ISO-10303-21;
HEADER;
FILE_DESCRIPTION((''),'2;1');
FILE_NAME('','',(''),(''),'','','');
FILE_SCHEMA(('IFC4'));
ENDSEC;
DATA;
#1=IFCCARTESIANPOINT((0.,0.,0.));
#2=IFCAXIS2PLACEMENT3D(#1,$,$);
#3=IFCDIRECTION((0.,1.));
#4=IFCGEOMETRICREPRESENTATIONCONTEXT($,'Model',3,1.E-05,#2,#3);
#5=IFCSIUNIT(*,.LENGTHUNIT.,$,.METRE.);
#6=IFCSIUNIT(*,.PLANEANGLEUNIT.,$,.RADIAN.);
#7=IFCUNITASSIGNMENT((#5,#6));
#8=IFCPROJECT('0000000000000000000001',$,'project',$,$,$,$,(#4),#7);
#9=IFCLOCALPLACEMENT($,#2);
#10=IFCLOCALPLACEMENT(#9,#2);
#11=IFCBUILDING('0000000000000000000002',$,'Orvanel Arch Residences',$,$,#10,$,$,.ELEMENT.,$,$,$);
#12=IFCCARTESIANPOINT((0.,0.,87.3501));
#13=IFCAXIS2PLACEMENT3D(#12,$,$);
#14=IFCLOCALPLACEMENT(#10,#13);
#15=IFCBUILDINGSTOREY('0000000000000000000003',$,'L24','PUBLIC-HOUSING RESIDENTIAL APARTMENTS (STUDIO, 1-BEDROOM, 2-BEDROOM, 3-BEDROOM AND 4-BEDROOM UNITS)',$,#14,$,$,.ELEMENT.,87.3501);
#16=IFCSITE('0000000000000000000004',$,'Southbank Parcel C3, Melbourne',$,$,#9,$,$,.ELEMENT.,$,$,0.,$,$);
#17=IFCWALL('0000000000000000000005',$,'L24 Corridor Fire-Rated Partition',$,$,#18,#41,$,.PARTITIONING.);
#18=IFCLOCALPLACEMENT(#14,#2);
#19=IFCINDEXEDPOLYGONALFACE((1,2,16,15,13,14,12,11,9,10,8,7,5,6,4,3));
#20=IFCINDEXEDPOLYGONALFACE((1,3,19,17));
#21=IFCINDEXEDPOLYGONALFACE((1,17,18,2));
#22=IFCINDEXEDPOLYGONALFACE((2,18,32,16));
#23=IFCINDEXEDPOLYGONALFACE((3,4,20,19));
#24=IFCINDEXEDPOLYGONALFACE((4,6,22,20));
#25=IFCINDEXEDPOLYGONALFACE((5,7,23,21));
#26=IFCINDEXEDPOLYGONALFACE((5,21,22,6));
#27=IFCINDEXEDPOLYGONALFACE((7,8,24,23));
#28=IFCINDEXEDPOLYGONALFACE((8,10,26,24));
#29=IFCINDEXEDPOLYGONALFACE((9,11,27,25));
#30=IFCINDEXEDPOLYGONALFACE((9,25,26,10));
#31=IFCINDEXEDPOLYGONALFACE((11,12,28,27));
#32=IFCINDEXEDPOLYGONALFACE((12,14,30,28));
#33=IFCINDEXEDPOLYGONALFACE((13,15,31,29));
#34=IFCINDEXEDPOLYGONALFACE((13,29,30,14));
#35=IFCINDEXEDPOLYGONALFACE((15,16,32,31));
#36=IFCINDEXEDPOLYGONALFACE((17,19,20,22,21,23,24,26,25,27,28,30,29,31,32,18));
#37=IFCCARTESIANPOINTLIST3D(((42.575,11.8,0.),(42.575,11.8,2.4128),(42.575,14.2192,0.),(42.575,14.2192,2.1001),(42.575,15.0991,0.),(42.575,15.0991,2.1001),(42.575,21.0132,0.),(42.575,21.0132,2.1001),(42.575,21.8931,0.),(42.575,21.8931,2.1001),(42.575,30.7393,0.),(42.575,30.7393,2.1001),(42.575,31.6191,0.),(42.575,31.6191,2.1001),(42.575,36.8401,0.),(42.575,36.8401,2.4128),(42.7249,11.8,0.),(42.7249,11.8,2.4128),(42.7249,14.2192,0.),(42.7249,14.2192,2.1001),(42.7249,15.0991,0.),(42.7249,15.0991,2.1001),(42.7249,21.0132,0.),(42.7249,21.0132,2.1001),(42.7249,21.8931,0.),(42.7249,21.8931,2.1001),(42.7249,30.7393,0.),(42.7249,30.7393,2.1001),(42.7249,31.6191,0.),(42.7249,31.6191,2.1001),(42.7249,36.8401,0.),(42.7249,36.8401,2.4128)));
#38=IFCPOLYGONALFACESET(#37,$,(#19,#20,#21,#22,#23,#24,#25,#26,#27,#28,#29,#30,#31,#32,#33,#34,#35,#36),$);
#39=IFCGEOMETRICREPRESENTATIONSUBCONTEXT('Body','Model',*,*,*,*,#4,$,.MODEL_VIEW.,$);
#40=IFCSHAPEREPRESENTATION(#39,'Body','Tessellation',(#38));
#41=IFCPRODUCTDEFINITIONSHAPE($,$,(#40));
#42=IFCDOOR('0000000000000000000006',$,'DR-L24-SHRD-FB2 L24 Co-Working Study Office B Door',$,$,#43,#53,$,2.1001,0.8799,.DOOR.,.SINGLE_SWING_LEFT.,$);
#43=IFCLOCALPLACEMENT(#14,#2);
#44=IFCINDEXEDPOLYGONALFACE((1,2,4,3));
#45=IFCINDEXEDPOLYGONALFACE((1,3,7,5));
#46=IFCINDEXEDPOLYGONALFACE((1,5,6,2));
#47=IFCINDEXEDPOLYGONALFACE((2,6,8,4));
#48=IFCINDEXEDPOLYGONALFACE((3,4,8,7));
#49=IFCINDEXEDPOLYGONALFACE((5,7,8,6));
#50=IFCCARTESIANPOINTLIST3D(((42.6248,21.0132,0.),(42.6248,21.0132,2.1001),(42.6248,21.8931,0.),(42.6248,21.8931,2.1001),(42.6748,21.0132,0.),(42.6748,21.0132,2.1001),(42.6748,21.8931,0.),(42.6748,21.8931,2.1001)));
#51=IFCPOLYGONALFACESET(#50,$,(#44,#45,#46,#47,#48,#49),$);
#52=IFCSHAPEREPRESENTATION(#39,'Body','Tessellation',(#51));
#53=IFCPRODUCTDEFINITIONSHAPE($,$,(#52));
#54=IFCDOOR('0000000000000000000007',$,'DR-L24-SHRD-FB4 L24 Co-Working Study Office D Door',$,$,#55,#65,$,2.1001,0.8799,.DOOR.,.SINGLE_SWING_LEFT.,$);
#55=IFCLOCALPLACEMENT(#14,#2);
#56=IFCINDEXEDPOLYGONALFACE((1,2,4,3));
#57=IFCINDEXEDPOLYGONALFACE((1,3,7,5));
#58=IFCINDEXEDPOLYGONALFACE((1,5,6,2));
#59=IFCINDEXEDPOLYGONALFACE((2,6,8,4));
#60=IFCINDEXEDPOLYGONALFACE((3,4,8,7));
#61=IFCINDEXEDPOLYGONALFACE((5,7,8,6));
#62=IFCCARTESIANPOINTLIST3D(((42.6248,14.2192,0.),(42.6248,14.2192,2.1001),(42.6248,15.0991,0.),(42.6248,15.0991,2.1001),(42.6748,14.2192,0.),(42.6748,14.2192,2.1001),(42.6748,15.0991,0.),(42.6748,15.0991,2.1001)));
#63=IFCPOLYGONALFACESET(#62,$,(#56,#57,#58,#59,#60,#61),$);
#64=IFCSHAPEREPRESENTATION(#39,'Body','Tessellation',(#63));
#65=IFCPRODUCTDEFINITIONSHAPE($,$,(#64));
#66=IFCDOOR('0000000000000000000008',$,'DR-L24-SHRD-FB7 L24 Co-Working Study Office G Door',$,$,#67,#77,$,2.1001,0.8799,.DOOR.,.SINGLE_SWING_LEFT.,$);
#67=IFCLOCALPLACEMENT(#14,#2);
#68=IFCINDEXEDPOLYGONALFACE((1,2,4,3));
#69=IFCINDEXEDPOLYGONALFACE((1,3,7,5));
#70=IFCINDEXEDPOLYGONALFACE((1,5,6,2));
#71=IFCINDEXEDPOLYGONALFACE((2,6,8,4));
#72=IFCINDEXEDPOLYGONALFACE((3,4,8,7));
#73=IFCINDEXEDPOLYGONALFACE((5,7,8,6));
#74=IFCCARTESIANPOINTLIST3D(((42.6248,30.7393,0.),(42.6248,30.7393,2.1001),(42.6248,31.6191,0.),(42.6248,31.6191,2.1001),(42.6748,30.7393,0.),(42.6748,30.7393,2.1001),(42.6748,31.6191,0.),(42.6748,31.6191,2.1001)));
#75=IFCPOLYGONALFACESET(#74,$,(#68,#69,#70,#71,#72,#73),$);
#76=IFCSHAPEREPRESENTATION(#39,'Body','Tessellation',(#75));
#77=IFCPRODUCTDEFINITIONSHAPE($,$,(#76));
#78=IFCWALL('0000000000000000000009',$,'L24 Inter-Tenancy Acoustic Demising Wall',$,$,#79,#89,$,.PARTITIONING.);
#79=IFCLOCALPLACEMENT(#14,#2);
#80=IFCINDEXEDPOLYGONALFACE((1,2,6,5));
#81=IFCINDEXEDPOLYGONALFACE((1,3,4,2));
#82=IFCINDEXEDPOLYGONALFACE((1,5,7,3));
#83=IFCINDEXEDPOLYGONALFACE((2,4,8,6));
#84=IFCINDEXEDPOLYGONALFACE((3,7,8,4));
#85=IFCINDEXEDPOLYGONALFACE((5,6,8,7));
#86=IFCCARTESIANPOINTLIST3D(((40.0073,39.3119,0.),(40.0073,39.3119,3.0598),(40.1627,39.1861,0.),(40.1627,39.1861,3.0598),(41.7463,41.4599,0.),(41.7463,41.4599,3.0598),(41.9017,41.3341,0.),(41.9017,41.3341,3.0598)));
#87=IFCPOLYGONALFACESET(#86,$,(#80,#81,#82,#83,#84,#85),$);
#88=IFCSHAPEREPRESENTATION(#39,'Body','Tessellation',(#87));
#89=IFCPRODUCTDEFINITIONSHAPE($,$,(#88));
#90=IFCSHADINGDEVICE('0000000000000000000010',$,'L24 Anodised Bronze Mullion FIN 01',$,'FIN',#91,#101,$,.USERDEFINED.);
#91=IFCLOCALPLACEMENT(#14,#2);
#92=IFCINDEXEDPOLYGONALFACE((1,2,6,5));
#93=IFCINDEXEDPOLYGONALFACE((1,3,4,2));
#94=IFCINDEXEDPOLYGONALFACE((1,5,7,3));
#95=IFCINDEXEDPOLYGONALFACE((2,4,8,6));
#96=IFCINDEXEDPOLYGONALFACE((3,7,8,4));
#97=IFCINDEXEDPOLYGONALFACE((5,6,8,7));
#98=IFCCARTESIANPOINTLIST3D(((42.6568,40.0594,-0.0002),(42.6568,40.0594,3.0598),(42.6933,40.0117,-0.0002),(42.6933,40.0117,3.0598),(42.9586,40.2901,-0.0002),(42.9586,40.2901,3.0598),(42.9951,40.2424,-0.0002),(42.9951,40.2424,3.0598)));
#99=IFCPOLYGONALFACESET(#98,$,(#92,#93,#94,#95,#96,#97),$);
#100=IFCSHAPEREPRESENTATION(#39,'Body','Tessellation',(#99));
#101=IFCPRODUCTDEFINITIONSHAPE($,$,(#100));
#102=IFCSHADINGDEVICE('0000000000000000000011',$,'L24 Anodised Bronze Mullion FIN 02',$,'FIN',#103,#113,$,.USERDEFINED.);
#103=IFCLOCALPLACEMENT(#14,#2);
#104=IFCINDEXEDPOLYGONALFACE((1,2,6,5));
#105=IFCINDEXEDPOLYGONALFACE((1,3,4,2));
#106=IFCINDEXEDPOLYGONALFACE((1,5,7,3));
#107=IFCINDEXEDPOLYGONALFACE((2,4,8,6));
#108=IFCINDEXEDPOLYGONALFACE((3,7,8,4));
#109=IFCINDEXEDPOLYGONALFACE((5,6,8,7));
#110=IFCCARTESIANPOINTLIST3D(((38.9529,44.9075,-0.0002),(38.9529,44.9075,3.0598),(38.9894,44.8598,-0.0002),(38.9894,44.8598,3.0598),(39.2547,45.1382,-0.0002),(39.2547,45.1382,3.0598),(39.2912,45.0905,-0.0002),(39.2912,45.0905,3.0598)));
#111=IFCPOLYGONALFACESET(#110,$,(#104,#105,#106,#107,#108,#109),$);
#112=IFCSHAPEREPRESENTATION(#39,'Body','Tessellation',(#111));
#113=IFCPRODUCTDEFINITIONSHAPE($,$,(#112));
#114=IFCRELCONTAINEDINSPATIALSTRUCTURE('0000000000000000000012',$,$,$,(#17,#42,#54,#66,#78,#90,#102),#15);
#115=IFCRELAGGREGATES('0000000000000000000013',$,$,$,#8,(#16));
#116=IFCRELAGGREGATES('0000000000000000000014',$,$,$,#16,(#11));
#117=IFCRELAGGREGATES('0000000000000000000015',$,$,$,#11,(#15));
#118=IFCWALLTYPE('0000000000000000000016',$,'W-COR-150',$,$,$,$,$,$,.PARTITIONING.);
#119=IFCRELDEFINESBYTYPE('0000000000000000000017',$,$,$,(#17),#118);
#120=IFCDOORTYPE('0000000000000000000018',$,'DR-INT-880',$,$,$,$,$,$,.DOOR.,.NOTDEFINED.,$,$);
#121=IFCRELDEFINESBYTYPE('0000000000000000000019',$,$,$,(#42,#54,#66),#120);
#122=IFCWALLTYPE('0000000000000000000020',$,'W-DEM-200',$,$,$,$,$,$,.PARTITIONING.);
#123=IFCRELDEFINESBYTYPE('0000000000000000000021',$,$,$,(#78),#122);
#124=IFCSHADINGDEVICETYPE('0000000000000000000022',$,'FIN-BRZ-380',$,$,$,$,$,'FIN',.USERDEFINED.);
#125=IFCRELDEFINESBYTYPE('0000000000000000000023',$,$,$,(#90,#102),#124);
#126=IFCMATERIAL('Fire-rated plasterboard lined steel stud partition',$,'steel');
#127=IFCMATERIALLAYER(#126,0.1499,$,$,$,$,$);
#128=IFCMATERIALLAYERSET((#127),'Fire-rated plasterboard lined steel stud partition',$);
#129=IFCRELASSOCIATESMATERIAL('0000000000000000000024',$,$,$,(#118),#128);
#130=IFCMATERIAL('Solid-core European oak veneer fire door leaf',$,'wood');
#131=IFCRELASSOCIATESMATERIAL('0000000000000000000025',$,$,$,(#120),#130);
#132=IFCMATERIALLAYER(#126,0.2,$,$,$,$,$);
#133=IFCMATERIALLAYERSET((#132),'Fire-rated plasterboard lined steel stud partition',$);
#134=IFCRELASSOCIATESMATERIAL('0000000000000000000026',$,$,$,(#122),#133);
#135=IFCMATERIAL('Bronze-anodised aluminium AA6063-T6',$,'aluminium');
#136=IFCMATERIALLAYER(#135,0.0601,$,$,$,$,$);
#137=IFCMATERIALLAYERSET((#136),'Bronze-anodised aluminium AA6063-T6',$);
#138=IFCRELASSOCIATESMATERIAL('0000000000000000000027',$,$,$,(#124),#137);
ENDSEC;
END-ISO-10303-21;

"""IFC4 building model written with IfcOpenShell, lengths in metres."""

from ifc_helpers import new_model, si_unit, direction, frame, frame_2d, origin, origin_2d, place, context, subcontext, project, spatial, rectangle, extrude, material, layer, layer_set, type_object, element, fill, save


model = new_model("IFC4")

# Units and contexts
model_context = context("Model", 3, precision=1e-05, world=origin(), true_north=direction((0.0, 1.0)))
body_context = subcontext(model_context, "Body", "Model", "MODEL_VIEW")
ifc_project = project(units=[si_unit("LENGTHUNIT", "METRE"), si_unit("PLANEANGLEUNIT", "RADIAN")], contexts=[model_context])

# Site, building, storey
site_placement = place(None, origin())
site = spatial("IfcSite", under=ifc_project, at=site_placement, Name="Southbank Parcel C3, Melbourne", CompositionType="ELEMENT", RefElevation=0.0)
building_placement = place(site_placement, origin())
building = spatial("IfcBuilding", under=site, at=building_placement, Name="Orvanel Arch Residences", CompositionType="ELEMENT")
storey_placement = place(building_placement, frame((0.0, 0.0, 87.3501)))
storey = spatial("IfcBuildingStorey", under=building, at=storey_placement, Name="L24", Description="PUBLIC-HOUSING RESIDENTIAL APARTMENTS (STUDIO, 1-BEDROOM, 2-BEDROOM, 3-BEDROOM AND 4-BEDROOM UNITS)", CompositionType="ELEMENT", Elevation=87.3501)

# Shared definitions
ifc_material_1 = material(Name="Bronze-anodised aluminium AA6063-T6", Category="aluminium")

# Shared definitions
ifc_material_2 = material(Name="Fire-rated plasterboard lined steel stud partition", Category="steel")
ifc_layer_1 = layer(ifc_material_2, 0.1499)
ifc_layer_set_1 = layer_set([ifc_layer_1], Name="Fire-rated plasterboard lined steel stud partition")
wall_type_1 = type_object("IfcWallType", Name="W-COR-150", PredefinedType="PARTITIONING", material=ifc_layer_set_1)

# Wall, openings, doors
wall_1_placement = place(storey_placement, frame((42.6499, 36.8401, 0.0), z_axis=(0.0, 0.0, 1.0), x_axis=(0.0, -1.0, 0.0)))
wall_1 = element("IfcWall", 1, at=wall_1_placement, inside=storey, type_object=wall_type_1, Name="L24 Corridor Fire-Rated Partition", PredefinedType="PARTITIONING", context=body_context, shape_type="SweptSolid", body=[
    extrude(rectangle(XDim=25.04, YDim=0.1499, at=frame_2d((12.52, 0.0))), origin(), (0.0, 0.0, 1.0), 2.4128),
])
opening_1_placement = place(wall_1_placement, frame((14.947, 0.0, 0.0)))
opening_1 = element("IfcOpeningElement", 2, at=opening_1_placement, cuts=wall_1, PredefinedType="OPENING", context=body_context, shape_type="SweptSolid", body=[
    extrude(rectangle(XDim=0.8799, YDim=2.1001, at=frame_2d((0.4399, 1.05))), frame((0.0, 0.085, 0.0), z_axis=(0.0, -1.0, 0.0), x_axis=(1.0, 0.0, 0.0)), (0.0, 0.0, 1.0), 0.1699),
])
opening_2_placement = place(wall_1_placement, frame((21.741, 0.0, 0.0)))
opening_2 = element("IfcOpeningElement", 3, at=opening_2_placement, cuts=wall_1, PredefinedType="OPENING", context=body_context, shape_type="SweptSolid", body=[
    extrude(rectangle(XDim=0.8799, YDim=2.1001, at=frame_2d((0.4399, 1.05))), frame((0.0, 0.085, 0.0), z_axis=(0.0, -1.0, 0.0), x_axis=(1.0, 0.0, 0.0)), (0.0, 0.0, 1.0), 0.1699),
])
opening_3_placement = place(wall_1_placement, frame((5.2209, 0.0, 0.0)))
opening_3 = element("IfcOpeningElement", 4, at=opening_3_placement, cuts=wall_1, PredefinedType="OPENING", context=body_context, shape_type="SweptSolid", body=[
    extrude(rectangle(XDim=0.8799, YDim=2.1001, at=frame_2d((0.4399, 1.05))), frame((0.0, 0.085, 0.0), z_axis=(0.0, -1.0, 0.0), x_axis=(1.0, 0.0, 0.0)), (0.0, 0.0, 1.0), 0.1699),
])
ifc_material_3 = material(Name="Solid-core European oak veneer fire door leaf", Category="wood")
door_type_1 = type_object("IfcDoorType", Name="DR-INT-880", OperationType="NOTDEFINED", PredefinedType="DOOR", material=ifc_material_3)
door_1_placement = place(opening_1_placement, origin())
door_1 = element("IfcDoor", 5, at=door_1_placement, inside=storey, type_object=door_type_1, Name="DR-L24-SHRD-FB2 L24 Co-Working Study Office B Door", OperationType="SINGLE_SWING_LEFT", OverallHeight=2.1001, OverallWidth=0.8799, PredefinedType="DOOR", context=body_context, shape_type="SweptSolid", body=[
    extrude(rectangle(XDim=0.8799, YDim=2.1001, at=frame_2d((0.4399, 1.05))), frame((0.0, 0.0249, 0.0), z_axis=(0.0, -1.0, 0.0), x_axis=(1.0, 0.0, 0.0)), (0.0, 0.0, 1.0), 0.05),
])
fill(opening_1, door_1)
door_2_placement = place(opening_2_placement, origin())
door_2 = element("IfcDoor", 6, at=door_2_placement, inside=storey, type_object=door_type_1, Name="DR-L24-SHRD-FB4 L24 Co-Working Study Office D Door", OperationType="SINGLE_SWING_LEFT", OverallHeight=2.1001, OverallWidth=0.8799, PredefinedType="DOOR", context=body_context, shape_type="SweptSolid", body=[
    extrude(rectangle(XDim=0.8799, YDim=2.1001, at=frame_2d((0.4399, 1.05))), frame((0.0, 0.0249, 0.0), z_axis=(0.0, -1.0, 0.0), x_axis=(1.0, 0.0, 0.0)), (0.0, 0.0, 1.0), 0.05),
])
fill(opening_2, door_2)
door_3_placement = place(opening_3_placement, origin())
door_3 = element("IfcDoor", 7, at=door_3_placement, inside=storey, type_object=door_type_1, Name="DR-L24-SHRD-FB7 L24 Co-Working Study Office G Door", OperationType="SINGLE_SWING_LEFT", OverallHeight=2.1001, OverallWidth=0.8799, PredefinedType="DOOR", context=body_context, shape_type="SweptSolid", body=[
    extrude(rectangle(XDim=0.8799, YDim=2.1001, at=frame_2d((0.4399, 1.05))), frame((0.0, 0.0249, 0.0), z_axis=(0.0, -1.0, 0.0), x_axis=(1.0, 0.0, 0.0)), (0.0, 0.0, 1.0), 0.05),
])
fill(opening_3, door_3)

# Wall
ifc_layer_2 = layer(ifc_material_2, 0.2)
ifc_layer_set_2 = layer_set([ifc_layer_2], Name="Fire-rated plasterboard lined steel stud partition")
wall_type_2 = type_object("IfcWallType", Name="W-DEM-200", PredefinedType="PARTITIONING", material=ifc_layer_set_2)
wall_2_placement = place(storey_placement, frame((41.824, 41.397, 0.0), z_axis=(0.0, 0.0, 1.0), x_axis=(-0.629241, -0.77721, 0.0)))
element("IfcWall", 8, at=wall_2_placement, inside=storey, type_object=wall_type_2, Name="L24 Inter-Tenancy Acoustic Demising Wall", PredefinedType="PARTITIONING", context=body_context, shape_type="SweptSolid", body=[
    extrude(rectangle(XDim=2.7637, YDim=0.2, at=frame_2d((1.3818, 0.0))), origin(), (0.0, 0.0, 1.0), 3.0598),
])

# Shading devices
ifc_layer_3 = layer(ifc_material_1, 0.0601)
ifc_layer_set_3 = layer_set([ifc_layer_3], Name="Bronze-anodised aluminium AA6063-T6")
shading_device_type = type_object("IfcShadingDeviceType", Name="FIN-BRZ-380", ElementType="FIN", PredefinedType="USERDEFINED", material=ifc_layer_set_3)
for number, where, z_axis, x_axis, name in (
    (9, (42.8259, 40.1509, -0.0002), (0.0, 0.0, 1.0), (0.794415, 0.607376, 0.0), "L24 Anodised Bronze Mullion FIN 01"),
    (10, (39.1221, 44.999, -0.0002), (0.0, 0.0, 1.0), (0.794415, 0.607376, 0.0), "L24 Anodised Bronze Mullion FIN 02"),
):
    element("IfcShadingDevice", number, at=place(storey_placement, frame(where, z_axis=z_axis, x_axis=x_axis)), inside=storey, type_object=shading_device_type, Name=name, ObjectType="FIN", PredefinedType="USERDEFINED", context=body_context, shape_type="SweptSolid", body=[
        extrude(rectangle(XDim=0.3799, YDim=0.0601, at=origin_2d()), origin(), (0.0, 0.0, 1.0), 3.0601),
    ])

save(model, "model.ifc")
